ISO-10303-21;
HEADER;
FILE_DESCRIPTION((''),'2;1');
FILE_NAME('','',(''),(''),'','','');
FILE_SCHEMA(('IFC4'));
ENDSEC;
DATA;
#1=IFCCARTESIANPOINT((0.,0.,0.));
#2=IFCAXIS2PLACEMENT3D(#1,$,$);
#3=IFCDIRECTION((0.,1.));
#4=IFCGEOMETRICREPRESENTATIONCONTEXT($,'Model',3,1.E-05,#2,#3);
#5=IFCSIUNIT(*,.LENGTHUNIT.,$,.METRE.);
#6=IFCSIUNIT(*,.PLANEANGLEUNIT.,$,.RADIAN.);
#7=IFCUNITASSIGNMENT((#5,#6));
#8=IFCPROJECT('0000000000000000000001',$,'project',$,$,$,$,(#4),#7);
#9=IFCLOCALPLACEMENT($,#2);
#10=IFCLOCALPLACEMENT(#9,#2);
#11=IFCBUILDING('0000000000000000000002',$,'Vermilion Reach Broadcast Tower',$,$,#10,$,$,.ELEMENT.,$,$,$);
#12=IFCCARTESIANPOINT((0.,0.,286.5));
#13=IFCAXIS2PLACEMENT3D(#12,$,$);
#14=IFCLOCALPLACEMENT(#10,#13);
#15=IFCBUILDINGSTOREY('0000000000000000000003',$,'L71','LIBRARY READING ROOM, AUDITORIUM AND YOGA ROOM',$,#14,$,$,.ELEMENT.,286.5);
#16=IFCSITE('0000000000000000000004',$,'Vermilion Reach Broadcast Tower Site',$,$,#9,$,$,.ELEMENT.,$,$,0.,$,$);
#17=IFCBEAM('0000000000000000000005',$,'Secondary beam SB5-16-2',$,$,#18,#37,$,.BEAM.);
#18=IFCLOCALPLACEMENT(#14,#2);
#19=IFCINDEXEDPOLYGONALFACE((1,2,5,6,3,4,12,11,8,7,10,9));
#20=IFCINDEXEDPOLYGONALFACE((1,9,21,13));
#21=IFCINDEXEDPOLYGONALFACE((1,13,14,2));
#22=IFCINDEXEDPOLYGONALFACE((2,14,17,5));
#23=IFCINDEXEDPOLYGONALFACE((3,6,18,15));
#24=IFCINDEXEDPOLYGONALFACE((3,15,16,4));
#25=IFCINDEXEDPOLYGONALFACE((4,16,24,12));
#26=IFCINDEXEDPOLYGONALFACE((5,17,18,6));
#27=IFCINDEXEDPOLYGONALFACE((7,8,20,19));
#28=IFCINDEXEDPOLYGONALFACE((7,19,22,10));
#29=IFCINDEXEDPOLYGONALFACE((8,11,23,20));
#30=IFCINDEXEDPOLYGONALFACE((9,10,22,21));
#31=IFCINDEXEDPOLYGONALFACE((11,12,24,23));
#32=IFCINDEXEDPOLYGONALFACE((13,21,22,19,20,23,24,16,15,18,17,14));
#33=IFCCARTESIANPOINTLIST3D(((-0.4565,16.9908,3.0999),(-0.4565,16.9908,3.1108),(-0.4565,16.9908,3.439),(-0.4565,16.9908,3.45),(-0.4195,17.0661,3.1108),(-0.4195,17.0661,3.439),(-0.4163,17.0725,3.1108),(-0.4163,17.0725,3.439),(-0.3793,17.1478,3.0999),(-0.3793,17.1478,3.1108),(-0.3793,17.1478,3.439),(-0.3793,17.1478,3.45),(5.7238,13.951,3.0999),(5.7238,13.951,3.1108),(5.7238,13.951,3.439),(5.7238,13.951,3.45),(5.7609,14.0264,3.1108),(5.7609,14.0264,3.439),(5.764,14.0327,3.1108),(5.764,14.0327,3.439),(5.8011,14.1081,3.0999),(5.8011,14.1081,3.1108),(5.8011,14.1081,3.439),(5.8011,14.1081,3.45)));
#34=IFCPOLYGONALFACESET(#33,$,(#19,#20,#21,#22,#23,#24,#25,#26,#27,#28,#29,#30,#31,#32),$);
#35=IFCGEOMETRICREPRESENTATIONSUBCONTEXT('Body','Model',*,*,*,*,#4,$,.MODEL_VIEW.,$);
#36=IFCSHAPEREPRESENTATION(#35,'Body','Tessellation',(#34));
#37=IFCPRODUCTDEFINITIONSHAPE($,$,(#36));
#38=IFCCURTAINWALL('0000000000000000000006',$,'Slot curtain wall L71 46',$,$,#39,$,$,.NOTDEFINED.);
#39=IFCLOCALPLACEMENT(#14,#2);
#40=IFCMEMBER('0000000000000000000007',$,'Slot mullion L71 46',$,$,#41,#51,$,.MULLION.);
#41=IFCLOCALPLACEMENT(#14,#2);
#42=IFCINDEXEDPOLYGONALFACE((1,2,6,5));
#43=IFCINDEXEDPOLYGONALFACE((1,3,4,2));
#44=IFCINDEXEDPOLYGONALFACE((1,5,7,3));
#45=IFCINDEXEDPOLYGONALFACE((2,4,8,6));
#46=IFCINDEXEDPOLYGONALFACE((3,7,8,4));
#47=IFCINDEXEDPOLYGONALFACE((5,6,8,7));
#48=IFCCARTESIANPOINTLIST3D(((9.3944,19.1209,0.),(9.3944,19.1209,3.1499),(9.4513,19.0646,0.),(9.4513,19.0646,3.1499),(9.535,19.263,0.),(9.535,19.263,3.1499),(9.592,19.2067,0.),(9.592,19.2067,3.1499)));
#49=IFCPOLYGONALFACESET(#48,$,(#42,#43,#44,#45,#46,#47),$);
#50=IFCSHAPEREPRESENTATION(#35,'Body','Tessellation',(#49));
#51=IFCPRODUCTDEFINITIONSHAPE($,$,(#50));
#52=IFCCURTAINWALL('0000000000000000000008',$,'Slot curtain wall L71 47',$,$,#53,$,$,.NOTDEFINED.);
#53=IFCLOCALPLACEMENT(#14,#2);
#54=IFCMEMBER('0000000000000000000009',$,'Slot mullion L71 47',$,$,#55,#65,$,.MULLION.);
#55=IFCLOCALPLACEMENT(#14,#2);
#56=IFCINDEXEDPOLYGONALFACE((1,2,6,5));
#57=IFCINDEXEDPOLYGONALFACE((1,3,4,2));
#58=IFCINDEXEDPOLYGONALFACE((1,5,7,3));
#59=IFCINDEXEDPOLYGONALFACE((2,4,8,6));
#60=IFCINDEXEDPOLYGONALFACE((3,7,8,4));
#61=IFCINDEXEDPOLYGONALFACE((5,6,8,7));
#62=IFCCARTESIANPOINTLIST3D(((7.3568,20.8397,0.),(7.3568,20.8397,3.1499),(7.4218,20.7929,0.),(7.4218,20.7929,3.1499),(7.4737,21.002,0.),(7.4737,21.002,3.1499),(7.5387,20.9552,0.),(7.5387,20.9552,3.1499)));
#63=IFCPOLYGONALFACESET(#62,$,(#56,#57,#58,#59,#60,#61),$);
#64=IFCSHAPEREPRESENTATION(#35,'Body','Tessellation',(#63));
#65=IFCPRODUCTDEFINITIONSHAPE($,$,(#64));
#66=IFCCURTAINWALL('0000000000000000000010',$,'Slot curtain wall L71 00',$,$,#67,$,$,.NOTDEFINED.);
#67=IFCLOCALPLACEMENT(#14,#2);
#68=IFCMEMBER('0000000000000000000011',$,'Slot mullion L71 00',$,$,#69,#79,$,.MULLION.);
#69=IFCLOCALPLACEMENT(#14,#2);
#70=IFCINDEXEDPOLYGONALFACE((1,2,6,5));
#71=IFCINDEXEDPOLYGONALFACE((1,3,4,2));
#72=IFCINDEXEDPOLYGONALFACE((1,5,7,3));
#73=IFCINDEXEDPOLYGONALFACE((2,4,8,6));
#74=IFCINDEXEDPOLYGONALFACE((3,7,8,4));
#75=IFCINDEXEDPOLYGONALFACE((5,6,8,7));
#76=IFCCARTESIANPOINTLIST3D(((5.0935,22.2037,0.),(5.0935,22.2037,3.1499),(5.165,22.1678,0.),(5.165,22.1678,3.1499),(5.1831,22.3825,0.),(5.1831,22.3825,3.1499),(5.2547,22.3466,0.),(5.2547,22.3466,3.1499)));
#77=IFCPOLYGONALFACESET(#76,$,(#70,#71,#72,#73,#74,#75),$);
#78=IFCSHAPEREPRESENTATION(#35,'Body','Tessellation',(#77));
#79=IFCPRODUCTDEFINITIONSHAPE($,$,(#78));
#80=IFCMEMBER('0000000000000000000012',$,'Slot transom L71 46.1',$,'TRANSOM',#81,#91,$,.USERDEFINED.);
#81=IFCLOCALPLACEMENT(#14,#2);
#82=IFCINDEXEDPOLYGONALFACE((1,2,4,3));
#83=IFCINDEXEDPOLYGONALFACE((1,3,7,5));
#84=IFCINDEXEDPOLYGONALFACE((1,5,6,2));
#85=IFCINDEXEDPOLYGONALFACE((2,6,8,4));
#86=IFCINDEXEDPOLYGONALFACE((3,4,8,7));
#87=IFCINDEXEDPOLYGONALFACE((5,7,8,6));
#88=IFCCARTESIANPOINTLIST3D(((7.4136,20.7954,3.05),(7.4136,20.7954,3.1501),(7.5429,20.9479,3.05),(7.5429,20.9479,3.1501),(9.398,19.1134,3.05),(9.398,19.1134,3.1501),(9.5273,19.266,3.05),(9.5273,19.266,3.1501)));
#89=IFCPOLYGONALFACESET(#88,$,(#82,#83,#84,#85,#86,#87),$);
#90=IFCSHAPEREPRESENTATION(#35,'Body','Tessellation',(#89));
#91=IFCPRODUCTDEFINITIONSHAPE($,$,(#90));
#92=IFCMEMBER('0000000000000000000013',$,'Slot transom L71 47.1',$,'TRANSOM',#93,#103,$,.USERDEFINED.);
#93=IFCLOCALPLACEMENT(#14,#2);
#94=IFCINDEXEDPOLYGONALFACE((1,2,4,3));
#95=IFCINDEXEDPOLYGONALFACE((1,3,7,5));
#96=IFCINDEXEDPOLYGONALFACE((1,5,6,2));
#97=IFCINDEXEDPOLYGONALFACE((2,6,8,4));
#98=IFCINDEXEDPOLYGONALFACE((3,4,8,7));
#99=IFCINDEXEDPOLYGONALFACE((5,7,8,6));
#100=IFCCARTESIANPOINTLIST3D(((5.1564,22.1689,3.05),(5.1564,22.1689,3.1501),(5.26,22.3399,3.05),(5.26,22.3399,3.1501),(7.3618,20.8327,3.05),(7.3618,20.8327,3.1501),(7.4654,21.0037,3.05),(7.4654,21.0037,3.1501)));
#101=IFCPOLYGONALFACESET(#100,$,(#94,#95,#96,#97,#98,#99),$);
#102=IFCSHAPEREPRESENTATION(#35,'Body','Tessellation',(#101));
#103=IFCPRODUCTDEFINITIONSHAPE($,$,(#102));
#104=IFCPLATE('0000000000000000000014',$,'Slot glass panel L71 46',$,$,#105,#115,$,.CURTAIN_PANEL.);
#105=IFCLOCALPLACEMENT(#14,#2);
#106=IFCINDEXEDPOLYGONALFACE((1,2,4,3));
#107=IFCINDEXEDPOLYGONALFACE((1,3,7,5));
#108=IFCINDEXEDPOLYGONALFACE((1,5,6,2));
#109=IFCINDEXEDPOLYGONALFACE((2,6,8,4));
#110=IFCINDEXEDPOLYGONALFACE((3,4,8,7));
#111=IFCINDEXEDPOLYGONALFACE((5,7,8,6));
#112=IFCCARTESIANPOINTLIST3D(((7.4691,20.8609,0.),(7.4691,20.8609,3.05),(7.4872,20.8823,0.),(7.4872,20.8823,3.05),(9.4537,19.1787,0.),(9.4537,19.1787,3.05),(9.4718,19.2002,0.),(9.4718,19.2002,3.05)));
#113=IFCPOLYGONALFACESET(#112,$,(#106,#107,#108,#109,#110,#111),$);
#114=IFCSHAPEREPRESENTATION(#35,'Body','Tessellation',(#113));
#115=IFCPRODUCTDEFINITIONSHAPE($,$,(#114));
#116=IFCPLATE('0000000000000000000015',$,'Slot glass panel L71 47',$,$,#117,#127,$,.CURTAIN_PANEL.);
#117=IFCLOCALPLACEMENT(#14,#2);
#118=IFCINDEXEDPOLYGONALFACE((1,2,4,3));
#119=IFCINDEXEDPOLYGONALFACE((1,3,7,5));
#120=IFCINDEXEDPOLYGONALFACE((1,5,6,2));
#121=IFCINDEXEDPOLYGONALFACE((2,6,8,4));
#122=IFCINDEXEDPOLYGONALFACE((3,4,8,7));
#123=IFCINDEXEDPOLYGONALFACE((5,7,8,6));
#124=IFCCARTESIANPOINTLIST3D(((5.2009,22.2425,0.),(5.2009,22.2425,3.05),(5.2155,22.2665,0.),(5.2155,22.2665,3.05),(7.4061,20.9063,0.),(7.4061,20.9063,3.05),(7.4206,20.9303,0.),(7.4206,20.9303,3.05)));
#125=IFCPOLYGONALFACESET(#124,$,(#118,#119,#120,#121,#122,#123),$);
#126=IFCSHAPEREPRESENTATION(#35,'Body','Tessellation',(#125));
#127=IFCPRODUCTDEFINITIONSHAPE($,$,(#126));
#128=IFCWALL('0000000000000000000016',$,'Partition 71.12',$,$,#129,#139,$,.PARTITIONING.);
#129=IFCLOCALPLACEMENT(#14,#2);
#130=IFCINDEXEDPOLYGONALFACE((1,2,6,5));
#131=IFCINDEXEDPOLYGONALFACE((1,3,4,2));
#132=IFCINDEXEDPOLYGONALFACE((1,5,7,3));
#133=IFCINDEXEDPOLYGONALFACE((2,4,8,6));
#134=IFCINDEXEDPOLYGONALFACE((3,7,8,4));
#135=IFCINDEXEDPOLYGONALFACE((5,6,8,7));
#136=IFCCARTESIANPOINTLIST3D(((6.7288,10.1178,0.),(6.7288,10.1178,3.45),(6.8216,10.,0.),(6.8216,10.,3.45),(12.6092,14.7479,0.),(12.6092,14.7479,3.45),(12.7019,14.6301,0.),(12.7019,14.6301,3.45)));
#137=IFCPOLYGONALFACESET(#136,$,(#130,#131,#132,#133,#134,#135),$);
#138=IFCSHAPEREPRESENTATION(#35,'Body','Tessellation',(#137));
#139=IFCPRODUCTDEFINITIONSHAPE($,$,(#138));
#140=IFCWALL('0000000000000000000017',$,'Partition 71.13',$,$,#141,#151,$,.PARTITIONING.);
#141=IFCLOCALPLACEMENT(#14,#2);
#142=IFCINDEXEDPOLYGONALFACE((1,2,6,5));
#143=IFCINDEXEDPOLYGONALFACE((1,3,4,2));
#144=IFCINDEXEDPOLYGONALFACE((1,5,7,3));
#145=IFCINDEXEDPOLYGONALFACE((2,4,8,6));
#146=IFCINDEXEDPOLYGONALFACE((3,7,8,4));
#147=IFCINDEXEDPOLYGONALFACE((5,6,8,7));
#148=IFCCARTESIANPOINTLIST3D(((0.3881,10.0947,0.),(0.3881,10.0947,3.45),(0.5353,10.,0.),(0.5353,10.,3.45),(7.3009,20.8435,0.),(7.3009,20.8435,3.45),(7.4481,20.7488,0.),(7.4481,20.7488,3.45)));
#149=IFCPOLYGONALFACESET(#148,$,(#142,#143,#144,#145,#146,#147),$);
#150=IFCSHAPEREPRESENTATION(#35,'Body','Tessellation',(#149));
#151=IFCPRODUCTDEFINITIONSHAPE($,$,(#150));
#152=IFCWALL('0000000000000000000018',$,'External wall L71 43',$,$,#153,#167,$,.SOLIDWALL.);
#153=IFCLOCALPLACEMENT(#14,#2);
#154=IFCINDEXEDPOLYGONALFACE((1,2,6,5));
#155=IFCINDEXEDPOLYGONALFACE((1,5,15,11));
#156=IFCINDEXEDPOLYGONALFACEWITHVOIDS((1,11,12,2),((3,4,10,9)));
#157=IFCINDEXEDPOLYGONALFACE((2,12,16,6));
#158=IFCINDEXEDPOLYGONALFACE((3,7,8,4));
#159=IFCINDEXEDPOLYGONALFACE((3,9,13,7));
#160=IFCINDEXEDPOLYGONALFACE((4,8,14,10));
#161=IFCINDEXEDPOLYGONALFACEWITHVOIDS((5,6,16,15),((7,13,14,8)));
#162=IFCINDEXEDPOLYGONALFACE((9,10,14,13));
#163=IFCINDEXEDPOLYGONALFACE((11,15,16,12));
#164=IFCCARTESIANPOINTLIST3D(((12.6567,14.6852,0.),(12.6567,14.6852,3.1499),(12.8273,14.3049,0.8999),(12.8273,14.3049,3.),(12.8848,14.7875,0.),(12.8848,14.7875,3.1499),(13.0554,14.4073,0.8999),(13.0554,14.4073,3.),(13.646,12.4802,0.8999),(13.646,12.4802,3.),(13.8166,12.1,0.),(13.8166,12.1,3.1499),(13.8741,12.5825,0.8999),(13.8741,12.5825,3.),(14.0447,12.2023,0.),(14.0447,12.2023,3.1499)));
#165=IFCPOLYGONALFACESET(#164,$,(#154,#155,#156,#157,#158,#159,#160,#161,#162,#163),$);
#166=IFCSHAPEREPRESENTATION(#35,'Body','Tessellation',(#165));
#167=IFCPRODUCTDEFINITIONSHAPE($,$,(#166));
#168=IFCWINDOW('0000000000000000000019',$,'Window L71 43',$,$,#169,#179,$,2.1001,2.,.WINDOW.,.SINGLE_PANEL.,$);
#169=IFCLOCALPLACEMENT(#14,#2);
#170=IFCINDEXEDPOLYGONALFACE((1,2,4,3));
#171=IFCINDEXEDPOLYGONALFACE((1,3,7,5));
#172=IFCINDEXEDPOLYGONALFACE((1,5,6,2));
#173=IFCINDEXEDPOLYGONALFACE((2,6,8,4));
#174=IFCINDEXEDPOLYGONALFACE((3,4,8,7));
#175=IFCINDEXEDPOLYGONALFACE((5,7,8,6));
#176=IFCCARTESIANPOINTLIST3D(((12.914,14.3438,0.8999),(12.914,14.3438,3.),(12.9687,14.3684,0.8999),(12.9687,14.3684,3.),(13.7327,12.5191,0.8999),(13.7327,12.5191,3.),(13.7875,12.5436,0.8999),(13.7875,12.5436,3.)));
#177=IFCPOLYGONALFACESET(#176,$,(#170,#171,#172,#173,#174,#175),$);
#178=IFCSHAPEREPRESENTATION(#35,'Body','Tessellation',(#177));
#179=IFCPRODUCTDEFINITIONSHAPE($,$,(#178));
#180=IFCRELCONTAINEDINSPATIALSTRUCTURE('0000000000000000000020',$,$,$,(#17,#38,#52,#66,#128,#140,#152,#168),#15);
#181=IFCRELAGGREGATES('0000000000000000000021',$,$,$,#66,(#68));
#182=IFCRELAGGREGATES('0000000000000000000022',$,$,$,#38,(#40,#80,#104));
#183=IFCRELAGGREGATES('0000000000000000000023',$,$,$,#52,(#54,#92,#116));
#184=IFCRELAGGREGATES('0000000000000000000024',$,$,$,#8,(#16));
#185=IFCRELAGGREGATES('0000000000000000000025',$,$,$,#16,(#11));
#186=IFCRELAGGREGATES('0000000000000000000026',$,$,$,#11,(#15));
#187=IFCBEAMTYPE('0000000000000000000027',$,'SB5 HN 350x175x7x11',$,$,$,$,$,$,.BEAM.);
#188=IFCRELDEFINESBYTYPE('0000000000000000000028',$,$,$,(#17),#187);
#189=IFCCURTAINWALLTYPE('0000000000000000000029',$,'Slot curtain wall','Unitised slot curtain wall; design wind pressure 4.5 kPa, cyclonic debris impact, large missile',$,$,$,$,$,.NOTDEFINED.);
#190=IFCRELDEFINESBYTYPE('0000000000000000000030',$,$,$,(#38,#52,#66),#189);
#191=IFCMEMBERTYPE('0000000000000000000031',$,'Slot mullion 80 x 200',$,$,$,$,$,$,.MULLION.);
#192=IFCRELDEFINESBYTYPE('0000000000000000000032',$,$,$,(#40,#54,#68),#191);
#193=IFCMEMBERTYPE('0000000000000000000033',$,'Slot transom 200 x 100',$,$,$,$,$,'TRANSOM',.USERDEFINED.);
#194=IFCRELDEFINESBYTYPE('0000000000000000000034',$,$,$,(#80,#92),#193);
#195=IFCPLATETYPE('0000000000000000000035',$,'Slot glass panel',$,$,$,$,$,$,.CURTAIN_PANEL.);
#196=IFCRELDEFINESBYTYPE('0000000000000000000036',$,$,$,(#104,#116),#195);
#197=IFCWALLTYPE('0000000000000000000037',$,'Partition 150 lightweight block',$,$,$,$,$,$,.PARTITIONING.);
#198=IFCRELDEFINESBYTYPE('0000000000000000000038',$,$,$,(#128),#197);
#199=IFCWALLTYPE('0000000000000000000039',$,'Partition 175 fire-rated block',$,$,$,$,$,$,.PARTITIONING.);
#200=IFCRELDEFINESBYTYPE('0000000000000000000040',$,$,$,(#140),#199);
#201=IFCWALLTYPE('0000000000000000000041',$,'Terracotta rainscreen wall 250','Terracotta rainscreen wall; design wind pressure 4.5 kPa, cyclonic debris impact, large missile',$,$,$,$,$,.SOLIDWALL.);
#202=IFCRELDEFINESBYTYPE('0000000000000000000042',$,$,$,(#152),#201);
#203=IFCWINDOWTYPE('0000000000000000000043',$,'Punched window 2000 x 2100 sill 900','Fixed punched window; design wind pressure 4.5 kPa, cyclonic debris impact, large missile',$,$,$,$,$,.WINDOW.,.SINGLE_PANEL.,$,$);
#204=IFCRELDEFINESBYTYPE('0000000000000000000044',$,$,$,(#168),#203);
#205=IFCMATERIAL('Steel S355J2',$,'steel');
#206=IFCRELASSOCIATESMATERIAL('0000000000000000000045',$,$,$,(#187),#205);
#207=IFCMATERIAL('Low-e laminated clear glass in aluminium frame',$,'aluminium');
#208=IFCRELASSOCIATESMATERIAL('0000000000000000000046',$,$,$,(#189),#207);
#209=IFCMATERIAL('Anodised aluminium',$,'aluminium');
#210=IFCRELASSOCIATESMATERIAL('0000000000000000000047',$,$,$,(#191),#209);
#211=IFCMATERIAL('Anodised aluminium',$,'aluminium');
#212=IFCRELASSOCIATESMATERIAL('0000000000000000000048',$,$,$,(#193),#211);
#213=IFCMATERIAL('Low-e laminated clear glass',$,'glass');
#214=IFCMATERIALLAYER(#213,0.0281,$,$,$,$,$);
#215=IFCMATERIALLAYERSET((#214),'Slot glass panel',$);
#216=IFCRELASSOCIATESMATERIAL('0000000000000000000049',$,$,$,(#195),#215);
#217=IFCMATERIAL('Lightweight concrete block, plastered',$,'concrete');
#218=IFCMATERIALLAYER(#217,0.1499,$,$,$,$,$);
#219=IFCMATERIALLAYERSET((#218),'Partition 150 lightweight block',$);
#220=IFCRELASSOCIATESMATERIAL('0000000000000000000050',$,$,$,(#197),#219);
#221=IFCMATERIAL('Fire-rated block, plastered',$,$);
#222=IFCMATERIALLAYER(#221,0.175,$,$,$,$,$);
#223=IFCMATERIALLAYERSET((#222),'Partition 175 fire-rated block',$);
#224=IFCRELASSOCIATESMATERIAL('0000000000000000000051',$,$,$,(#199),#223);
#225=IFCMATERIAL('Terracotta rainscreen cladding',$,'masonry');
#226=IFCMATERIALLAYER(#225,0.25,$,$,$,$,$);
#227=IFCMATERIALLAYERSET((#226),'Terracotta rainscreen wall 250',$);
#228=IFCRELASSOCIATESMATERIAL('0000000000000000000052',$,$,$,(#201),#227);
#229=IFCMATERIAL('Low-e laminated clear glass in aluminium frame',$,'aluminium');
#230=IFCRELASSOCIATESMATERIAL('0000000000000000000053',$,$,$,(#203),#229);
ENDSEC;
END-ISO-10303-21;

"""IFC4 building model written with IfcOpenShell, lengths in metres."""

from ifc_helpers import new_model, si_unit, direction, frame, frame_2d, origin, origin_2d, place, context, subcontext, project, spatial, rectangle, i_section, extrude, material, layer, layer_set, material_profile, profile_set, type_object, element, fill, aggregate, save


model = new_model("IFC4")

# Units and contexts
model_context = context("Model", 3, precision=1e-05, world=origin(), true_north=direction((0.0, 1.0)))
body_context = subcontext(model_context, "Body", "Model", "MODEL_VIEW")
ifc_project = project(units=[si_unit("LENGTHUNIT", "METRE"), si_unit("PLANEANGLEUNIT", "RADIAN")], contexts=[model_context])

# Site, building, storey
site_placement = place(None, origin())
site = spatial("IfcSite", under=ifc_project, at=site_placement, Name="Vermilion Reach Broadcast Tower Site", CompositionType="ELEMENT", RefElevation=0.0)
building_placement = place(site_placement, origin())
building = spatial("IfcBuilding", under=site, at=building_placement, Name="Vermilion Reach Broadcast Tower", CompositionType="ELEMENT")
storey_placement = place(building_placement, frame((0.0, 0.0, 286.5)))
storey = spatial("IfcBuildingStorey", under=building, at=storey_placement, Name="L71", Description="LIBRARY READING ROOM, AUDITORIUM AND YOGA ROOM", CompositionType="ELEMENT", Elevation=286.5)

# Beam
ifc_material_1 = material(Name="Steel S355J2", Category="steel")
ifc_material_profile_1 = material_profile(ifc_material_1, i_section(OverallWidth=0.175, OverallDepth=0.3501, WebThickness=0.0071, FlangeThickness=0.011, at=origin_2d()), Name="S355J2 HN 350x175x7x11")
ifc_profile_set_1 = profile_set([ifc_material_profile_1], Name="Steel S355J2")
beam_type_1 = type_object("IfcBeamType", Name="SB5 HN 350x175x7x11", PredefinedType="BEAM", material=ifc_profile_set_1)
beam_1_placement = place(storey_placement, frame((5.7625, 14.0295, 3.2749), z_axis=(-0.897336, 0.441348, 0.0), x_axis=(-0.441348, -0.897336, 0.0)))
element("IfcBeam", 1, at=beam_1_placement, inside=storey, type_object=beam_type_1, Name="Secondary beam SB5-16-2", PredefinedType="BEAM", context=body_context, shape_type="SweptSolid", body=[
    extrude(i_section(OverallWidth=0.175, OverallDepth=0.3501, WebThickness=0.0071, FlangeThickness=0.011, at=origin_2d()), origin(), (0.0, 0.0, 1.0), 6.8875),
])

# Curtain walls, members
ifc_material_2 = material(Name="Low-e laminated clear glass in aluminium frame", Category="aluminium")
curtain_wall_type = type_object("IfcCurtainWallType", Name="Slot curtain wall", Description="Unitised slot curtain wall; design wind pressure 4.5 kPa, cyclonic debris impact, large missile", PredefinedType="NOTDEFINED", material=ifc_material_2)
placement = place(storey_placement, origin())
curtain_wall_1 = element("IfcCurtainWall", 2, at=placement, inside=storey, type_object=curtain_wall_type, Name="Slot curtain wall L71 46", PredefinedType="NOTDEFINED")
ifc_material_3 = material(Name="Anodised aluminium", Category="aluminium")
ifc_material_profile_2 = material_profile(ifc_material_3, rectangle(XDim=0.2, YDim=0.0801, at=origin_2d()), Name="Slot mullion 80 x 200")
ifc_profile_set_2 = profile_set([ifc_material_profile_2], Name="Anodised aluminium")
member_type_1 = type_object("IfcMemberType", Name="Slot mullion 80 x 200", PredefinedType="MULLION", material=ifc_profile_set_2)
member_1_placement = place(storey_placement, frame((9.4932, 19.1638, 0.0), z_axis=(0.0, 0.0, 1.0), x_axis=(-0.703562, -0.710634, 0.0)))
member_1 = element("IfcMember", 3, at=member_1_placement, type_object=member_type_1, Name="Slot mullion L71 46", PredefinedType="MULLION", context=body_context, shape_type="SweptSolid", body=[
    extrude(rectangle(XDim=0.2, YDim=0.0801, at=origin_2d()), origin(), (0.0, 0.0, 1.0), 3.1499),
])
curtain_wall_2 = element("IfcCurtainWall", 4, at=placement, inside=storey, type_object=curtain_wall_type, Name="Slot curtain wall L71 47", PredefinedType="NOTDEFINED")
member_2_placement = place(storey_placement, frame((7.4478, 20.8975, 0.0), z_axis=(0.0, 0.0, 1.0), x_axis=(-0.584234, -0.811585, 0.0)))
member_2 = element("IfcMember", 5, at=member_2_placement, type_object=member_type_1, Name="Slot mullion L71 47", PredefinedType="MULLION", context=body_context, shape_type="SweptSolid", body=[
    extrude(rectangle(XDim=0.2, YDim=0.0801, at=origin_2d()), origin(), (0.0, 0.0, 1.0), 3.1499),
])
curtain_wall_3 = element("IfcCurtainWall", 6, at=placement, inside=storey, type_object=curtain_wall_type, Name="Slot curtain wall L71 00", PredefinedType="NOTDEFINED")
member_3_placement = place(storey_placement, frame((5.1741, 22.2751, 0.0), z_axis=(0.0, 0.0, 1.0), x_axis=(-0.448383, -0.893841, 0.0)))
member_3 = element("IfcMember", 7, at=member_3_placement, type_object=member_type_1, Name="Slot mullion L71 00", PredefinedType="MULLION", context=body_context, shape_type="SweptSolid", body=[
    extrude(rectangle(XDim=0.2, YDim=0.0801, at=origin_2d()), origin(), (0.0, 0.0, 1.0), 3.1499),
])
aggregate(curtain_wall_3, [member_3])

# Members
ifc_material_4 = material(Name="Anodised aluminium", Category="aluminium")
ifc_material_profile_3 = material_profile(ifc_material_4, rectangle(XDim=0.2, YDim=0.1001, at=origin_2d()), Name="Slot transom 200 x 100")
ifc_profile_set_3 = profile_set([ifc_material_profile_3], Name="Anodised aluminium")
member_type_2 = type_object("IfcMemberType", Name="Slot transom 200 x 100", ElementType="TRANSOM", PredefinedType="USERDEFINED", material=ifc_profile_set_3)
member_4_placement = place(storey_placement, frame((9.4626, 19.1897, 3.1001), z_axis=(-0.762856, 0.646569, 0.0), x_axis=(-0.646569, -0.762856, 0.0)))
member_4 = element("IfcMember", 8, at=member_4_placement, type_object=member_type_2, Name="Slot transom L71 46.1", ObjectType="TRANSOM", PredefinedType="USERDEFINED", context=body_context, shape_type="SweptSolid", body=[
    extrude(rectangle(XDim=0.2, YDim=0.1001, at=origin_2d()), origin(), (0.0, 0.0, 1.0), 2.6013),
])
member_5_placement = place(storey_placement, frame((7.4136, 20.9182, 3.1001), z_axis=(-0.855263, 0.518195, 0.0), x_axis=(-0.518195, -0.855263, 0.0)))
member_5 = element("IfcMember", 9, at=member_5_placement, type_object=member_type_2, Name="Slot transom L71 47.1", ObjectType="TRANSOM", PredefinedType="USERDEFINED", context=body_context, shape_type="SweptSolid", body=[
    extrude(rectangle(XDim=0.2, YDim=0.1001, at=origin_2d()), origin(), (0.0, 0.0, 1.0), 2.5786),
])

# Plates
ifc_material_5 = material(Name="Low-e laminated clear glass", Category="glass")
ifc_layer_1 = layer(ifc_material_5, 0.0281)
ifc_layer_set_1 = layer_set([ifc_layer_1], Name="Slot glass panel")
plate_type = type_object("IfcPlateType", Name="Slot glass panel", PredefinedType="CURTAIN_PANEL", material=ifc_layer_set_1)
plate_1_placement = place(storey_placement, frame((8.4705, 20.0305, 0.0), z_axis=(0.0, 0.0, 1.0), x_axis=(-0.762842, 0.646584, 0.0)))
plate_1 = element("IfcPlate", 10, at=plate_1_placement, type_object=plate_type, Name="Slot glass panel L71 46", PredefinedType="CURTAIN_PANEL", context=body_context, shape_type="SweptSolid", body=[
    extrude(rectangle(XDim=2.6016, YDim=0.0281, at=origin_2d()), origin(), (0.0, 0.0, 1.0), 3.05),
])
aggregate(curtain_wall_1, [member_1, member_4, plate_1])
plate_2_placement = place(storey_placement, frame((6.3108, 21.5864, 0.0), z_axis=(0.0, 0.0, 1.0), x_axis=(-0.855244, 0.518225, 0.0)))
plate_2 = element("IfcPlate", 11, at=plate_2_placement, type_object=plate_type, Name="Slot glass panel L71 47", PredefinedType="CURTAIN_PANEL", context=body_context, shape_type="SweptSolid", body=[
    extrude(rectangle(XDim=2.5784, YDim=0.0281, at=origin_2d()), origin(), (0.0, 0.0, 1.0), 3.05),
])
aggregate(curtain_wall_2, [member_2, member_5, plate_2])

# Walls
ifc_material_6 = material(Name="Lightweight concrete block, plastered", Category="concrete")
ifc_layer_2 = layer(ifc_material_6, 0.1499)
ifc_layer_set_2 = layer_set([ifc_layer_2], Name="Partition 150 lightweight block")
wall_type_1 = type_object("IfcWallType", Name="Partition 150 lightweight block", PredefinedType="PARTITIONING", material=ifc_layer_set_2)
wall_1_placement = place(storey_placement, frame((12.6555, 14.689, 0.0), z_axis=(0.0, 0.0, 1.0), x_axis=(-0.78568, -0.618634, 0.0)))
element("IfcWall", 12, at=wall_1_placement, inside=storey, type_object=wall_type_1, Name="Partition 71.12", PredefinedType="PARTITIONING", context=body_context, shape_type="SweptSolid", body=[
    extrude(rectangle(XDim=7.4844, YDim=0.1499, at=frame_2d((3.7422, 0.0))), origin(), (0.0, 0.0, 1.0), 3.45),
])
ifc_material_7 = material(Name="Fire-rated block, plastered")
ifc_layer_3 = layer(ifc_material_7, 0.175)
ifc_layer_set_3 = layer_set([ifc_layer_3], Name="Partition 175 fire-rated block")
wall_type_2 = type_object("IfcWallType", Name="Partition 175 fire-rated block", PredefinedType="PARTITIONING", material=ifc_layer_set_3)
wall_2_placement = place(storey_placement, frame((7.3745, 20.7961, 0.0), z_axis=(0.0, 0.0, 1.0), x_axis=(-0.540919, -0.841075, 0.0)))
element("IfcWall", 13, at=wall_2_placement, inside=storey, type_object=wall_type_2, Name="Partition 71.13", PredefinedType="PARTITIONING", context=body_context, shape_type="SweptSolid", body=[
    extrude(rectangle(XDim=12.7798, YDim=0.175, at=frame_2d((6.3899, 0.0))), origin(), (0.0, 0.0, 1.0), 3.45),
])

# Wall, opening, window
ifc_material_8 = material(Name="Terracotta rainscreen cladding", Category="masonry")
ifc_layer_4 = layer(ifc_material_8, 0.25)
ifc_layer_set_4 = layer_set([ifc_layer_4], Name="Terracotta rainscreen wall 250")
wall_type_3 = type_object("IfcWallType", Name="Terracotta rainscreen wall 250", Description="Terracotta rainscreen wall; design wind pressure 4.5 kPa, cyclonic debris impact, large missile", PredefinedType="SOLIDWALL", material=ifc_layer_set_4)
wall_3_placement = place(storey_placement, frame((13.9307, 12.1511, 0.0), z_axis=(0.0, 0.0, 1.0), x_axis=(-0.409358, 0.912374, 0.0)))
wall_3 = element("IfcWall", 14, at=wall_3_placement, inside=storey, type_object=wall_type_3, Name="External wall L71 43", PredefinedType="SOLIDWALL", context=body_context, shape_type="SweptSolid", body=[
    extrude(rectangle(XDim=2.8335, YDim=0.25, at=frame_2d((1.4167, 0.0))), origin(), (0.0, 0.0, 1.0), 3.1499),
])
opening_1_placement = place(wall_3_placement, frame((0.4167, 0.0, 0.8999)))
opening_1 = element("IfcOpeningElement", 15, at=opening_1_placement, cuts=wall_3, PredefinedType="OPENING", context=body_context, shape_type="SweptSolid", body=[
    extrude(rectangle(XDim=2.0, YDim=2.1001, at=frame_2d((1.0, 1.05))), frame((0.0, 0.135, 0.0), z_axis=(0.0, -1.0, 0.0), x_axis=(1.0, 0.0, 0.0)), (0.0, 0.0, 1.0), 0.27),
])
ifc_material_9 = material(Name="Low-e laminated clear glass in aluminium frame", Category="aluminium")
window_type = type_object("IfcWindowType", Name="Punched window 2000 x 2100 sill 900", Description="Fixed punched window; design wind pressure 4.5 kPa, cyclonic debris impact, large missile", PartitioningType="SINGLE_PANEL", PredefinedType="WINDOW", material=ifc_material_9)
window_placement = place(opening_1_placement, origin())
window = element("IfcWindow", 16, at=window_placement, inside=storey, type_object=window_type, Name="Window L71 43", OverallHeight=2.1001, OverallWidth=2.0, PartitioningType="SINGLE_PANEL", PredefinedType="WINDOW", context=body_context, shape_type="SweptSolid", body=[
    extrude(rectangle(XDim=2.0, YDim=2.1001, at=frame_2d((1.0, 1.05))), frame((0.0, 0.03, 0.0), z_axis=(0.0, -1.0, 0.0), x_axis=(1.0, 0.0, 0.0)), (0.0, 0.0, 1.0), 0.0601),
])
fill(opening_1, window)

save(model, "model.ifc")
